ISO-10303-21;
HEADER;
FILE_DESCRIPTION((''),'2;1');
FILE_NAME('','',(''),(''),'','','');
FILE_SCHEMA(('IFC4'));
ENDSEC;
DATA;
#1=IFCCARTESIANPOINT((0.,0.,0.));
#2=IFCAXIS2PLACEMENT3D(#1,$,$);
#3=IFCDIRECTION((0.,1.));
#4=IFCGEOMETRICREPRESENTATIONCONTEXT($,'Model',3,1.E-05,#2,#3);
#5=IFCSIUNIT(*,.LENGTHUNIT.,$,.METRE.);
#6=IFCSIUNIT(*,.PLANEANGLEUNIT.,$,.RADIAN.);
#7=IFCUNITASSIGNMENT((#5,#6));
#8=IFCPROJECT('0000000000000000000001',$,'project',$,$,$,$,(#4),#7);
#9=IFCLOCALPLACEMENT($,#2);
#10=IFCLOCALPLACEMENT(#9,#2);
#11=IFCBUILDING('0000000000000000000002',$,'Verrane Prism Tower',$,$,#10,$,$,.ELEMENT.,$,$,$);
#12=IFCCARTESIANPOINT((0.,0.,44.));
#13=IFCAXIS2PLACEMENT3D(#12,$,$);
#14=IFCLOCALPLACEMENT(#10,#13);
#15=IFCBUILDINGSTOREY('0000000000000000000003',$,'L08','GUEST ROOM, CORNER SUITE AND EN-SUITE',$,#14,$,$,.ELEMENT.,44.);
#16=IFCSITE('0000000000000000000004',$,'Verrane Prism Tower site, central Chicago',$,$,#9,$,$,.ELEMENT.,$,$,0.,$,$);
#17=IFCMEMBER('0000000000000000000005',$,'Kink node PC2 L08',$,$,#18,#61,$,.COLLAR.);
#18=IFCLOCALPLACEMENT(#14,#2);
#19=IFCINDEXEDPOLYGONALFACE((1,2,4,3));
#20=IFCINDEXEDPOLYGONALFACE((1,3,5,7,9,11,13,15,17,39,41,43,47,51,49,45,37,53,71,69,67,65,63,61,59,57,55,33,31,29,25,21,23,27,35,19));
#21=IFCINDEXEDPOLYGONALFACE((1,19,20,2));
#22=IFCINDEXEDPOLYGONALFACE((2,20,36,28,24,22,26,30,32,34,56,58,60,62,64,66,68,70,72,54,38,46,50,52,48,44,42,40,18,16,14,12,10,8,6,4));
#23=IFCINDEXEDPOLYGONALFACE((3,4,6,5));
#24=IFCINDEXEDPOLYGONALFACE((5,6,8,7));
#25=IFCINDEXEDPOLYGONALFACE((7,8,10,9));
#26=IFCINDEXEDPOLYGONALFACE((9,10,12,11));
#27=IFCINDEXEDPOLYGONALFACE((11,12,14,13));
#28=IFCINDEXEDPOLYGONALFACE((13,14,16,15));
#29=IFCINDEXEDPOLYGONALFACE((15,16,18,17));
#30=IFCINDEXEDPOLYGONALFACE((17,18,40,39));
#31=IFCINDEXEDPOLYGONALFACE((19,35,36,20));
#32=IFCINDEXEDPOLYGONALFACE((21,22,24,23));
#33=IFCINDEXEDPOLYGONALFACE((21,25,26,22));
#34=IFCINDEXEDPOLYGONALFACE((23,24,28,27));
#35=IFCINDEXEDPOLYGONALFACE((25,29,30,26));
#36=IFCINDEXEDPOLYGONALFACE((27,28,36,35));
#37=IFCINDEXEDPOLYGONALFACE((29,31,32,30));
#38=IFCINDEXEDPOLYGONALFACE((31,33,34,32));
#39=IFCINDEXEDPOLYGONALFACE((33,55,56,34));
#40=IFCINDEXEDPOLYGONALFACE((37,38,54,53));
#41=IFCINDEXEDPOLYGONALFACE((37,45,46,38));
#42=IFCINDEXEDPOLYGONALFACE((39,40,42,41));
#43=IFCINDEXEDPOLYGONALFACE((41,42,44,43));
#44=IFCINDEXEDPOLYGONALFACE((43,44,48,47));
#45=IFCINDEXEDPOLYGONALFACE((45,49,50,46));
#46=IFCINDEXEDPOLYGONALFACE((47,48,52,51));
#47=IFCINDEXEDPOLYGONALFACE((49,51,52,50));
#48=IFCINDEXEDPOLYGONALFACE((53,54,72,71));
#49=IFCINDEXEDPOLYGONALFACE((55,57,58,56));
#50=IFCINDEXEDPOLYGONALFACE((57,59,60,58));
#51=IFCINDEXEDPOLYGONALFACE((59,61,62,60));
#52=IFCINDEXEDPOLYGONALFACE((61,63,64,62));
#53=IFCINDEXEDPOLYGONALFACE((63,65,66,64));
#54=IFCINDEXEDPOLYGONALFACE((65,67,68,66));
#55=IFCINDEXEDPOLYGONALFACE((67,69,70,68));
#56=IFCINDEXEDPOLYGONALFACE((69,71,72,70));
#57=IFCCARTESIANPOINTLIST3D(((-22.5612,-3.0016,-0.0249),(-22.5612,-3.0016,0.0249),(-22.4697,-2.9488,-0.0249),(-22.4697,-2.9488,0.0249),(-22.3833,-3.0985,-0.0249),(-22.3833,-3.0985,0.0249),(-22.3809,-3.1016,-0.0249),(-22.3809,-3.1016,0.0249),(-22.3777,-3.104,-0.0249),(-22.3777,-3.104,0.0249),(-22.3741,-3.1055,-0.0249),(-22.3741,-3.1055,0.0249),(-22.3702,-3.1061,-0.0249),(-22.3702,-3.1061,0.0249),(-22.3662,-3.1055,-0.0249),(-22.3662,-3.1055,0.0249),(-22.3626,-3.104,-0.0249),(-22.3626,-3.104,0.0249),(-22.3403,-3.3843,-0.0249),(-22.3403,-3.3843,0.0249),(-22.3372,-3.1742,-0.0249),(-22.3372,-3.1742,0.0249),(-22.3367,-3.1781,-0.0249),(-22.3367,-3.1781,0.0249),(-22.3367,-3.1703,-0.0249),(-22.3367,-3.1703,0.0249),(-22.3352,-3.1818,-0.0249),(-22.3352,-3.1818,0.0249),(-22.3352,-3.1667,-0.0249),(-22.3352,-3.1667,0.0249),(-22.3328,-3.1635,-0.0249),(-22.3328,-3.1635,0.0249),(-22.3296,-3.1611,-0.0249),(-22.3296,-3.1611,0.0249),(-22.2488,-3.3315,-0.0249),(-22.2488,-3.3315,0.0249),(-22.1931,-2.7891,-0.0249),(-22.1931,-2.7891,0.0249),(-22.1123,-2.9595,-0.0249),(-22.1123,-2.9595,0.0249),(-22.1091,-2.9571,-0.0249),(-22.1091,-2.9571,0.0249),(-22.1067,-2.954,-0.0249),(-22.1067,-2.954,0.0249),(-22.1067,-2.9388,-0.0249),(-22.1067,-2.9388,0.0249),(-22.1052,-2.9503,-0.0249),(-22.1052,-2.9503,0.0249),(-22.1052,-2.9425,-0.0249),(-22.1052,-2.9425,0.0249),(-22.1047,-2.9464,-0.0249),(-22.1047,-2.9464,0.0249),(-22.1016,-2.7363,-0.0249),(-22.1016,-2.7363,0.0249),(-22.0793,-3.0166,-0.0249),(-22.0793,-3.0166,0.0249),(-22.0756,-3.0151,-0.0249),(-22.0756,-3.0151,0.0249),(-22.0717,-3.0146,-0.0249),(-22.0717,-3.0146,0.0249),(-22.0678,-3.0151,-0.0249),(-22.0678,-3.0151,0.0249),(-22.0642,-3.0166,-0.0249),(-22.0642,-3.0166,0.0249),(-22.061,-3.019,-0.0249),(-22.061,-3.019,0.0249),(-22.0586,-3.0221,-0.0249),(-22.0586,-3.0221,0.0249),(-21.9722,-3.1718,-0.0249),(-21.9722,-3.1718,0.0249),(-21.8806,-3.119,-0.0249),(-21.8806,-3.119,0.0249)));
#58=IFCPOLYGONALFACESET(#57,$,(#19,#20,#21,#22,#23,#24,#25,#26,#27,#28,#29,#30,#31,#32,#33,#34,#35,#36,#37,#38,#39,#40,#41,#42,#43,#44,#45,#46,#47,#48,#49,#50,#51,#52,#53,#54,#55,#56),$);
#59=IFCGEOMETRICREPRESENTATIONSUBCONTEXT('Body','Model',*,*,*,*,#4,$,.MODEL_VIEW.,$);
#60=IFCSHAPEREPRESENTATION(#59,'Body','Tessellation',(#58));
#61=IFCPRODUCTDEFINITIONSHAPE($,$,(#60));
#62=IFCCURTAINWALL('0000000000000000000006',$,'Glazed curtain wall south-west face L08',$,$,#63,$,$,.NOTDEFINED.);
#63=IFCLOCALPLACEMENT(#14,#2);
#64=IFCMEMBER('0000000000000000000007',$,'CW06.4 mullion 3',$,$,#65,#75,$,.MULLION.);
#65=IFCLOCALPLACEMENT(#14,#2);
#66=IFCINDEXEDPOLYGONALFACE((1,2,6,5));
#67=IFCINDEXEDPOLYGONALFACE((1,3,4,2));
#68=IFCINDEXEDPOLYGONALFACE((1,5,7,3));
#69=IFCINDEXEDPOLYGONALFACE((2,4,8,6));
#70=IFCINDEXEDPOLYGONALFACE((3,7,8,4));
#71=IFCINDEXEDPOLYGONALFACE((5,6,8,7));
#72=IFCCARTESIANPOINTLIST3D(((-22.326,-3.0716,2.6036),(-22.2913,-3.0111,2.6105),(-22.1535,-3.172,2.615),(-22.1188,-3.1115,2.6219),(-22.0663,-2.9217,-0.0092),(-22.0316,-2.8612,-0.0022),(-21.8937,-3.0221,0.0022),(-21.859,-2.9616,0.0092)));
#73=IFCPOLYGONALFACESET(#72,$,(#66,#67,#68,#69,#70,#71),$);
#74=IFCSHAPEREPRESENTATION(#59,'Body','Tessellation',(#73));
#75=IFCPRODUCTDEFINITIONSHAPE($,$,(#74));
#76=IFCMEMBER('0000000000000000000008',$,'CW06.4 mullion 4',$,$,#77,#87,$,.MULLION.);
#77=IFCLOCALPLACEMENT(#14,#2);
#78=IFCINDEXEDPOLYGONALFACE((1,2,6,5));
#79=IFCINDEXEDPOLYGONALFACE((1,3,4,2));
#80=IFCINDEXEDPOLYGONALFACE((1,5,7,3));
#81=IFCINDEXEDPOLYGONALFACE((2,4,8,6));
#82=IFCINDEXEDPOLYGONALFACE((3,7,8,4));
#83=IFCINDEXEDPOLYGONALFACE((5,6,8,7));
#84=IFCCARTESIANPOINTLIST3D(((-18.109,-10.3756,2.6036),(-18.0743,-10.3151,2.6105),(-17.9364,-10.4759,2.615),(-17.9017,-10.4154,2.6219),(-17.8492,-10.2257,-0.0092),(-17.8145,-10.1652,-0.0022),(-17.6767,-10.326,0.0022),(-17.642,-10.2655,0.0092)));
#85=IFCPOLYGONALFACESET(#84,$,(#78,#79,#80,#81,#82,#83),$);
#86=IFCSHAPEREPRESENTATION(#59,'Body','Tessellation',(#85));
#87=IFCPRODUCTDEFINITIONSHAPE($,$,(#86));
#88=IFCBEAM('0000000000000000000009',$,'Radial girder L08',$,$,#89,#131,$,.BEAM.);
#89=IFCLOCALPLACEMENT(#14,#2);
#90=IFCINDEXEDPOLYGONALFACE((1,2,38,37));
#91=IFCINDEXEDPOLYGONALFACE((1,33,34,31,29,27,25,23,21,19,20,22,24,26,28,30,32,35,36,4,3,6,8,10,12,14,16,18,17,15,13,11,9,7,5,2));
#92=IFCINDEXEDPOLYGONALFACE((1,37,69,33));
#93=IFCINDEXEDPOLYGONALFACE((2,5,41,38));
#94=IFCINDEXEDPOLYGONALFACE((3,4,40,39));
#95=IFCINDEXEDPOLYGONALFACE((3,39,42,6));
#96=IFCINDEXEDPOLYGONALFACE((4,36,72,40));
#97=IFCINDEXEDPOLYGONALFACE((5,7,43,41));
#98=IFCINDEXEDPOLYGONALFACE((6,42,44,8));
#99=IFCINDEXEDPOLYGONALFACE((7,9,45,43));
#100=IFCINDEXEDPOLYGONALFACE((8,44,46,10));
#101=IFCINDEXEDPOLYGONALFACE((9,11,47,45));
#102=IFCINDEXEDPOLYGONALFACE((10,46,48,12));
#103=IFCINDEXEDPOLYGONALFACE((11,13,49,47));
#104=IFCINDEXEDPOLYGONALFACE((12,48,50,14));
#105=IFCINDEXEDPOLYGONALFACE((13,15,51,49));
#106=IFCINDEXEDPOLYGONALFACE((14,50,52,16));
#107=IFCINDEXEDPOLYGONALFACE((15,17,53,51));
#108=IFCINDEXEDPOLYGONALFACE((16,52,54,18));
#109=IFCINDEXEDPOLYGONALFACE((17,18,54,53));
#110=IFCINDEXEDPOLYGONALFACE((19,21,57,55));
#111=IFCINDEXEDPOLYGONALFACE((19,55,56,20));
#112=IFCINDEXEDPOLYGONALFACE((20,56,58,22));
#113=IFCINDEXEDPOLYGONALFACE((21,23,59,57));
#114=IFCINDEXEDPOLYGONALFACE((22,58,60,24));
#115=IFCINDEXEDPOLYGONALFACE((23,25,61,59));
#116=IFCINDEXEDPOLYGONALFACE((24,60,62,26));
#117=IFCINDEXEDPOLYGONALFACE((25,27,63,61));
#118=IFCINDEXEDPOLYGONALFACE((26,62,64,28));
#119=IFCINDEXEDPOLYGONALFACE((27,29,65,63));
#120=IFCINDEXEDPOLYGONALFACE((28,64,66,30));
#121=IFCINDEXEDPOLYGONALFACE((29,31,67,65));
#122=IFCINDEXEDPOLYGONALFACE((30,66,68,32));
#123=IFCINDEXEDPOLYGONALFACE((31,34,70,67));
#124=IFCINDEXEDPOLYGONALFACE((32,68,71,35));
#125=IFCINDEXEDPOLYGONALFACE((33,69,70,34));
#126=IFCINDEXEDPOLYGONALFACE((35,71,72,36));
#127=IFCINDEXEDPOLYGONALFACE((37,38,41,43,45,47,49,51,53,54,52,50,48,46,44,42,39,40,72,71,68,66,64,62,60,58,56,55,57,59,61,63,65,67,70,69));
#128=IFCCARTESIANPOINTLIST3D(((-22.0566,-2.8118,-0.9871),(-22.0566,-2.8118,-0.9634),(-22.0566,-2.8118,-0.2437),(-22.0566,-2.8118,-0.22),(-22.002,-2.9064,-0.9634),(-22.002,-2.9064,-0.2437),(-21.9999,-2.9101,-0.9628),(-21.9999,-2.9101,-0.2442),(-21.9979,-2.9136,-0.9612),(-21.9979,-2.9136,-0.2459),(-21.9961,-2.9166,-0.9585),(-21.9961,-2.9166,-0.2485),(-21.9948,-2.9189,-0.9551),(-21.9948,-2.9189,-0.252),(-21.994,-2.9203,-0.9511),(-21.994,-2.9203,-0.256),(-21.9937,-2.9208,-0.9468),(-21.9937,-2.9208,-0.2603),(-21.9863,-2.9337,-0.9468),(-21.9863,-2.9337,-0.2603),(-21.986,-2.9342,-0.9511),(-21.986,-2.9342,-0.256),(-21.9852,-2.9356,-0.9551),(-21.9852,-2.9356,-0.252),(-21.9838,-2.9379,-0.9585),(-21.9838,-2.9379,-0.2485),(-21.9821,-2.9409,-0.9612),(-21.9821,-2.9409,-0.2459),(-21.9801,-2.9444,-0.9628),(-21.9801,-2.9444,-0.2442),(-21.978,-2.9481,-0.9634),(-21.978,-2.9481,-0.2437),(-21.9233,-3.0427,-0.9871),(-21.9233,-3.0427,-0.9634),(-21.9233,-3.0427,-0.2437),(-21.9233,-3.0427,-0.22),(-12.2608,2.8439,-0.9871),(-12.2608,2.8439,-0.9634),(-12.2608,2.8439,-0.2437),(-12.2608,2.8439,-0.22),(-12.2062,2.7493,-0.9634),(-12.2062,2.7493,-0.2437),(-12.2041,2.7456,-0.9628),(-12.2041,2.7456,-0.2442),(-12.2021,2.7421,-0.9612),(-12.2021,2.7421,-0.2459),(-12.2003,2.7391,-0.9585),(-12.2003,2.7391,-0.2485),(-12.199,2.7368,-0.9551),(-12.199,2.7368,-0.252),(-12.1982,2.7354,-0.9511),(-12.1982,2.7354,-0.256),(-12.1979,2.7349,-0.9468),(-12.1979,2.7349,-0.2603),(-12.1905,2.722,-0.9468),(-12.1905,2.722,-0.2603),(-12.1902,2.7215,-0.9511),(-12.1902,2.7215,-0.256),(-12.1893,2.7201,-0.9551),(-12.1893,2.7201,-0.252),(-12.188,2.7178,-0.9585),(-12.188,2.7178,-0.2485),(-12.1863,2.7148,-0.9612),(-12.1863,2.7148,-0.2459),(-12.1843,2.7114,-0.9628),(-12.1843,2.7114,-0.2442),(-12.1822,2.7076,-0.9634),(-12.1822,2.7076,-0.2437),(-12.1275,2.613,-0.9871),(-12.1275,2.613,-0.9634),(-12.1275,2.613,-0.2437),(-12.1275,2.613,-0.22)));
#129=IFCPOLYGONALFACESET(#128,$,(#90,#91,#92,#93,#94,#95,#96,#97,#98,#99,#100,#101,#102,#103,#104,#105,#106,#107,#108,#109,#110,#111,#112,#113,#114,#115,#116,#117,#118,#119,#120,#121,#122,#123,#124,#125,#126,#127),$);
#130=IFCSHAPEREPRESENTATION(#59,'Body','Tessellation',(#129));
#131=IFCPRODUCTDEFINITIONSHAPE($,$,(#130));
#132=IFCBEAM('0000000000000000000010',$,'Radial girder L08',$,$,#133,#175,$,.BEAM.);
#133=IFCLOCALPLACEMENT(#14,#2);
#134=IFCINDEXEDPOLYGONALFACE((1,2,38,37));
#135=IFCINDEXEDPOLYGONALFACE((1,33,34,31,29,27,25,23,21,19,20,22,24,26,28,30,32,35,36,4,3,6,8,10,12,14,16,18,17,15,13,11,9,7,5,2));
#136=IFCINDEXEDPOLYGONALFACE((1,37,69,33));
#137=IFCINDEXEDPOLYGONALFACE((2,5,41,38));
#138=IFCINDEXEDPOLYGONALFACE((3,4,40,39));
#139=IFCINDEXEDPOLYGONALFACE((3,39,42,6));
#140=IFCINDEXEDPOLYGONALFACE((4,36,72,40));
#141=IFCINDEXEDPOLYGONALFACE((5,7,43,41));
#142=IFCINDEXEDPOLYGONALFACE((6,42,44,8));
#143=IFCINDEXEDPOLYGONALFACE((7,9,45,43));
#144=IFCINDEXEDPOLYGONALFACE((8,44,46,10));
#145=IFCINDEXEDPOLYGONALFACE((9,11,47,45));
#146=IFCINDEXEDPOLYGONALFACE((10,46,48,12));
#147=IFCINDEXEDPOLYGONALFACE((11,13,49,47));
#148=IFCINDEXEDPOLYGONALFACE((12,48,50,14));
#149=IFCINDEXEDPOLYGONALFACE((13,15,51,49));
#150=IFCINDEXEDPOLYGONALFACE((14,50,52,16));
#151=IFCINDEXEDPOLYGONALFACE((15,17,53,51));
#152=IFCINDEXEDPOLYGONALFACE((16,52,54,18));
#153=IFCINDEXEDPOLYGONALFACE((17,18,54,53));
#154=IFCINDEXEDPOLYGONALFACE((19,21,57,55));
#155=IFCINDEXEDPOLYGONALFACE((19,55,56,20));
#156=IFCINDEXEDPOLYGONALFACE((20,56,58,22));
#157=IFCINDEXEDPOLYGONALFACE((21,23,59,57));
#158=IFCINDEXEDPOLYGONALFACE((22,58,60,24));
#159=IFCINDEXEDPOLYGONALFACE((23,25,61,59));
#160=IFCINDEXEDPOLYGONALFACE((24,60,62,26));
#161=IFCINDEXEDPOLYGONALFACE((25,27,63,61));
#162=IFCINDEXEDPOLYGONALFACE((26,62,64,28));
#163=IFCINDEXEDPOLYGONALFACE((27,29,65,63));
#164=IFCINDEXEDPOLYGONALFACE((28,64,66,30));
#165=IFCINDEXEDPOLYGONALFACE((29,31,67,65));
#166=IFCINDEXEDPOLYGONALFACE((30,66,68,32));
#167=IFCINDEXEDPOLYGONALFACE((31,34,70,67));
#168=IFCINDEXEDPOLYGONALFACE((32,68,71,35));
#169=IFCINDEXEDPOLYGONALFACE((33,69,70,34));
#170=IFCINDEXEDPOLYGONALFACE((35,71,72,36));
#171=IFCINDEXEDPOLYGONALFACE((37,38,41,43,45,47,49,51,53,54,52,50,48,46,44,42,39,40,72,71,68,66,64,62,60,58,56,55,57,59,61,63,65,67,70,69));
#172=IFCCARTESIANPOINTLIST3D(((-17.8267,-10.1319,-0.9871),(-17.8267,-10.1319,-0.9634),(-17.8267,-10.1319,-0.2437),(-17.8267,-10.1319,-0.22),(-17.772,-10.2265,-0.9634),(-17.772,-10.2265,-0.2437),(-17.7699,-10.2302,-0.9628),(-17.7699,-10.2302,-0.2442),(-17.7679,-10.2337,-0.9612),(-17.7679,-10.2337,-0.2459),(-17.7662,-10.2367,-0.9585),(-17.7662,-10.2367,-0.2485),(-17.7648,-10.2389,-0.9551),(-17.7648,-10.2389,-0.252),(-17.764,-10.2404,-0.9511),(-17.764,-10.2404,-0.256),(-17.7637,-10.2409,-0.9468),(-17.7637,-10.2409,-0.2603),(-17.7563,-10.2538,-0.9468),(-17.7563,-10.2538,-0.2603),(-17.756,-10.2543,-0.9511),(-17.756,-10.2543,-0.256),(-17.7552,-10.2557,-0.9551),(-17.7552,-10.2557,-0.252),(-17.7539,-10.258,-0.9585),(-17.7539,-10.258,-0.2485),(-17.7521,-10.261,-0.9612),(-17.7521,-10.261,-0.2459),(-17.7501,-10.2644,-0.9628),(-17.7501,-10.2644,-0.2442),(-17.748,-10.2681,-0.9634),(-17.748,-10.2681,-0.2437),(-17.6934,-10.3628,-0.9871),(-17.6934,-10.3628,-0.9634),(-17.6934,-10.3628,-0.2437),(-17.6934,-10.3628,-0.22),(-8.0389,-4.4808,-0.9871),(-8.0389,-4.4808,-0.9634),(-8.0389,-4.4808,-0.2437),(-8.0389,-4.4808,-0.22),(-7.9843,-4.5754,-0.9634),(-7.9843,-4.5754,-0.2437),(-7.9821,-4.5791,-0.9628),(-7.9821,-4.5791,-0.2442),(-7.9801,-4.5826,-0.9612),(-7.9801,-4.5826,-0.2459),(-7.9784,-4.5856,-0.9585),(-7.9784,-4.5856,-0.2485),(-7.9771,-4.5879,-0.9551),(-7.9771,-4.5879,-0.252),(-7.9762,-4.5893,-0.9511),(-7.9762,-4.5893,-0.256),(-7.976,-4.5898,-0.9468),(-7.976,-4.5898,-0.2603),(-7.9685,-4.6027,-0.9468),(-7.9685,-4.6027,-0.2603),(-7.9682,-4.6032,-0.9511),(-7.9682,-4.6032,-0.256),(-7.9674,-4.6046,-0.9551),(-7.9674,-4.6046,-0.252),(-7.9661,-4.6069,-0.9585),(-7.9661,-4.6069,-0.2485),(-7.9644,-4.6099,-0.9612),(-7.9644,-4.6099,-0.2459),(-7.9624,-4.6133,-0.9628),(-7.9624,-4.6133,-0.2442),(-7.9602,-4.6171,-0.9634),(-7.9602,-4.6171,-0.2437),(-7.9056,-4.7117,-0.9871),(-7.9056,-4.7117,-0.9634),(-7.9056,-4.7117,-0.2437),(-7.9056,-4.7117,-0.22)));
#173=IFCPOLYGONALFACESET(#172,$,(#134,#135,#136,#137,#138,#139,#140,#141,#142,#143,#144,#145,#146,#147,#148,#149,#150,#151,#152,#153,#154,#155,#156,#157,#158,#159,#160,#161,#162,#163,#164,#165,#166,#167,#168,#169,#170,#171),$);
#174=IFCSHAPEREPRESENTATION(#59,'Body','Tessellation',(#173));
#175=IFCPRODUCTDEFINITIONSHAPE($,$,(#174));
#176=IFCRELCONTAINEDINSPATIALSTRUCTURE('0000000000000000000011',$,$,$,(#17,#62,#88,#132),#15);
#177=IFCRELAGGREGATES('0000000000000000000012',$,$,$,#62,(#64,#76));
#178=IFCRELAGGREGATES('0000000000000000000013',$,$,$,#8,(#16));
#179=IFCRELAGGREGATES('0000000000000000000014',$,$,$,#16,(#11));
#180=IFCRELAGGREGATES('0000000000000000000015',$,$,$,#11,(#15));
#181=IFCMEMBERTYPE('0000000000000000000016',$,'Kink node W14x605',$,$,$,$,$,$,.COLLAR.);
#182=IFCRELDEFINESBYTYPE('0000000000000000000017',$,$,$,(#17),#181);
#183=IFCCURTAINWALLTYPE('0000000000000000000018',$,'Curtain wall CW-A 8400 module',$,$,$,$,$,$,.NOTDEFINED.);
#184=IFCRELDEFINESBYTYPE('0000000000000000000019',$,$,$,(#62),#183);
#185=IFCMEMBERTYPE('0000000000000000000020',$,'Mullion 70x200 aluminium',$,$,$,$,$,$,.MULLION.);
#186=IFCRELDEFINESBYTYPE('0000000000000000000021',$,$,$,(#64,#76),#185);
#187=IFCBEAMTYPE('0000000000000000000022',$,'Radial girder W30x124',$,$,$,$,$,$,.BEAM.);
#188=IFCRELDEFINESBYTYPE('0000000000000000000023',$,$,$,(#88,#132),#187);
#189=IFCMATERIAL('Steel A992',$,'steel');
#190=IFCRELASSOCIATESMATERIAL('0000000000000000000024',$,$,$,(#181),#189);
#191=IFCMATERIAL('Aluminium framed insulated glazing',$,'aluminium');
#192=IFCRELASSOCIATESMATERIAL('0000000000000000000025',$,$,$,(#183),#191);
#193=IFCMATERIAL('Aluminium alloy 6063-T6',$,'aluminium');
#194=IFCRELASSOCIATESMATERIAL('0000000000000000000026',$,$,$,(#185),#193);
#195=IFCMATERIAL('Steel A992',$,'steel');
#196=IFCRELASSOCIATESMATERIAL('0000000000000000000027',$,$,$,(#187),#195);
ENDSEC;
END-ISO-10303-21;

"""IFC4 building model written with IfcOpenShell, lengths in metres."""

from ifc_helpers import new_model, si_unit, direction, frame, origin, origin_2d, place, context, subcontext, project, spatial, rectangle, i_section, extrude, material, material_profile, profile_set, type_object, element, aggregate, save


model = new_model("IFC4")

# Units and contexts
model_context = context("Model", 3, precision=1e-05, world=origin(), true_north=direction((0.0, 1.0)))
body_context = subcontext(model_context, "Body", "Model", "MODEL_VIEW")
ifc_project = project(units=[si_unit("LENGTHUNIT", "METRE"), si_unit("PLANEANGLEUNIT", "RADIAN")], contexts=[model_context])

# Site, building, storey
site_placement = place(None, origin())
site = spatial("IfcSite", under=ifc_project, at=site_placement, Name="Verrane Prism Tower site, central Chicago", CompositionType="ELEMENT", RefElevation=0.0)
building_placement = place(site_placement, origin())
building = spatial("IfcBuilding", under=site, at=building_placement, Name="Verrane Prism Tower", CompositionType="ELEMENT")
storey_placement = place(building_placement, frame((0.0, 0.0, 44.0)))
storey = spatial("IfcBuildingStorey", under=building, at=storey_placement, Name="L08", Description="GUEST ROOM, CORNER SUITE AND EN-SUITE", CompositionType="ELEMENT", Elevation=44.0)

# Member
ifc_material_1 = material(Name="Steel A992", Category="steel")
ifc_material_profile_1 = material_profile(ifc_material_1, i_section(OverallWidth=0.4419, OverallDepth=0.5308, WebThickness=0.0659, FlangeThickness=0.1057, FilletRadius=0.0151, at=origin_2d()), Name="W14x605")
ifc_profile_set_1 = profile_set([ifc_material_profile_1], Name="Steel A992")
member_type_1 = type_object("IfcMemberType", Name="Kink node W14x605", PredefinedType="COLLAR", material=ifc_profile_set_1)
member_1_placement = place(storey_placement, frame((-22.2209, -3.0603, -0.0249), z_axis=(0.0, 0.0, 1.0), x_axis=(-0.5, 0.866025, 0.0)))
element("IfcMember", 1, at=member_1_placement, inside=storey, type_object=member_type_1, Name="Kink node PC2 L08", PredefinedType="COLLAR", context=body_context, shape_type="SweptSolid", body=[
    extrude(i_section(OverallWidth=0.4419, OverallDepth=0.5308, WebThickness=0.0659, FlangeThickness=0.1057, FilletRadius=0.0151, at=origin_2d()), origin(), (0.0, 0.0, 1.0), 0.0498),
])

# Curtain wall, members
ifc_material_2 = material(Name="Aluminium framed insulated glazing", Category="aluminium")
curtain_wall_type = type_object("IfcCurtainWallType", Name="Curtain wall CW-A 8400 module", PredefinedType="NOTDEFINED", material=ifc_material_2)
curtain_wall_placement = place(storey_placement, origin())
curtain_wall = element("IfcCurtainWall", 2, at=curtain_wall_placement, inside=storey, type_object=curtain_wall_type, Name="Glazed curtain wall south-west face L08", PredefinedType="NOTDEFINED")
ifc_material_3 = material(Name="Aluminium alloy 6063-T6", Category="aluminium")
ifc_material_profile_2 = material_profile(ifc_material_3, rectangle(XDim=0.2, YDim=0.0701, at=origin_2d()), Name="Mullion 70x200 aluminium")
ifc_profile_set_2 = profile_set([ifc_material_profile_2], Name="Aluminium alloy 6063-T6")
member_type_2 = type_object("IfcMemberType", Name="Mullion 70x200 aluminium", PredefinedType="MULLION", material=ifc_profile_set_2)
member_2_placement = place(storey_placement, frame((-21.9626, -2.9417, 0.0), z_axis=(-0.098772, -0.056998, 0.993476), x_axis=(0.863095, -0.501813, 0.057019)))
member_2 = element("IfcMember", 3, at=member_2_placement, type_object=member_type_2, Name="CW06.4 mullion 3", PredefinedType="MULLION", context=body_context, shape_type="SweptSolid", body=[
    extrude(rectangle(XDim=0.2, YDim=0.0701, at=origin_2d()), origin(), (0.0, 0.0, 1.0), 2.6299),
])
member_3_placement = place(storey_placement, frame((-17.7456, -10.2456, 0.0), z_axis=(-0.098772, -0.056998, 0.993476), x_axis=(0.863095, -0.501813, 0.057019)))
member_3 = element("IfcMember", 4, at=member_3_placement, type_object=member_type_2, Name="CW06.4 mullion 4", PredefinedType="MULLION", context=body_context, shape_type="SweptSolid", body=[
    extrude(rectangle(XDim=0.2, YDim=0.0701, at=origin_2d()), origin(), (0.0, 0.0, 1.0), 2.6299),
])

# Beams
ifc_material_4 = material(Name="Steel A992", Category="steel")
ifc_material_profile_3 = material_profile(ifc_material_4, i_section(OverallWidth=0.2666, OverallDepth=0.7671, WebThickness=0.0149, FlangeThickness=0.0237, FilletRadius=0.0166, at=origin_2d()), Name="W30x124")
ifc_profile_set_3 = profile_set([ifc_material_profile_3], Name="Steel A992")
beam_type_1 = type_object("IfcBeamType", Name="Radial girder W30x124", PredefinedType="BEAM", material=ifc_profile_set_3)
beam_1_placement = place(storey_placement, frame((-21.99, -2.9272, -0.6035), z_axis=(0.866022, 0.500006, 0.0), x_axis=(-0.500006, 0.866022, 0.0)))
element("IfcBeam", 5, at=beam_1_placement, inside=storey, type_object=beam_type_1, Name="Radial girder L08", PredefinedType="BEAM", context=body_context, shape_type="SweptSolid", body=[
    extrude(i_section(OverallWidth=0.2666, OverallDepth=0.7671, WebThickness=0.0149, FlangeThickness=0.0237, FilletRadius=0.0166, at=origin_2d()), origin(), (0.0, 0.0, 1.0), 11.3113),
])
beam_2_placement = place(storey_placement, frame((-17.76, -10.2473, -0.6035), z_axis=(0.866021, 0.500007, 0.0), x_axis=(-0.500007, 0.866021, 0.0)))
element("IfcBeam", 6, at=beam_2_placement, inside=storey, type_object=beam_type_1, Name="Radial girder L08", PredefinedType="BEAM", context=body_context, shape_type="SweptSolid", body=[
    extrude(i_section(OverallWidth=0.2666, OverallDepth=0.7671, WebThickness=0.0149, FlangeThickness=0.0237, FilletRadius=0.0166, at=origin_2d()), origin(), (0.0, 0.0, 1.0), 11.302),
])

aggregate(curtain_wall, [member_2, member_3])

save(model, "model.ifc")
